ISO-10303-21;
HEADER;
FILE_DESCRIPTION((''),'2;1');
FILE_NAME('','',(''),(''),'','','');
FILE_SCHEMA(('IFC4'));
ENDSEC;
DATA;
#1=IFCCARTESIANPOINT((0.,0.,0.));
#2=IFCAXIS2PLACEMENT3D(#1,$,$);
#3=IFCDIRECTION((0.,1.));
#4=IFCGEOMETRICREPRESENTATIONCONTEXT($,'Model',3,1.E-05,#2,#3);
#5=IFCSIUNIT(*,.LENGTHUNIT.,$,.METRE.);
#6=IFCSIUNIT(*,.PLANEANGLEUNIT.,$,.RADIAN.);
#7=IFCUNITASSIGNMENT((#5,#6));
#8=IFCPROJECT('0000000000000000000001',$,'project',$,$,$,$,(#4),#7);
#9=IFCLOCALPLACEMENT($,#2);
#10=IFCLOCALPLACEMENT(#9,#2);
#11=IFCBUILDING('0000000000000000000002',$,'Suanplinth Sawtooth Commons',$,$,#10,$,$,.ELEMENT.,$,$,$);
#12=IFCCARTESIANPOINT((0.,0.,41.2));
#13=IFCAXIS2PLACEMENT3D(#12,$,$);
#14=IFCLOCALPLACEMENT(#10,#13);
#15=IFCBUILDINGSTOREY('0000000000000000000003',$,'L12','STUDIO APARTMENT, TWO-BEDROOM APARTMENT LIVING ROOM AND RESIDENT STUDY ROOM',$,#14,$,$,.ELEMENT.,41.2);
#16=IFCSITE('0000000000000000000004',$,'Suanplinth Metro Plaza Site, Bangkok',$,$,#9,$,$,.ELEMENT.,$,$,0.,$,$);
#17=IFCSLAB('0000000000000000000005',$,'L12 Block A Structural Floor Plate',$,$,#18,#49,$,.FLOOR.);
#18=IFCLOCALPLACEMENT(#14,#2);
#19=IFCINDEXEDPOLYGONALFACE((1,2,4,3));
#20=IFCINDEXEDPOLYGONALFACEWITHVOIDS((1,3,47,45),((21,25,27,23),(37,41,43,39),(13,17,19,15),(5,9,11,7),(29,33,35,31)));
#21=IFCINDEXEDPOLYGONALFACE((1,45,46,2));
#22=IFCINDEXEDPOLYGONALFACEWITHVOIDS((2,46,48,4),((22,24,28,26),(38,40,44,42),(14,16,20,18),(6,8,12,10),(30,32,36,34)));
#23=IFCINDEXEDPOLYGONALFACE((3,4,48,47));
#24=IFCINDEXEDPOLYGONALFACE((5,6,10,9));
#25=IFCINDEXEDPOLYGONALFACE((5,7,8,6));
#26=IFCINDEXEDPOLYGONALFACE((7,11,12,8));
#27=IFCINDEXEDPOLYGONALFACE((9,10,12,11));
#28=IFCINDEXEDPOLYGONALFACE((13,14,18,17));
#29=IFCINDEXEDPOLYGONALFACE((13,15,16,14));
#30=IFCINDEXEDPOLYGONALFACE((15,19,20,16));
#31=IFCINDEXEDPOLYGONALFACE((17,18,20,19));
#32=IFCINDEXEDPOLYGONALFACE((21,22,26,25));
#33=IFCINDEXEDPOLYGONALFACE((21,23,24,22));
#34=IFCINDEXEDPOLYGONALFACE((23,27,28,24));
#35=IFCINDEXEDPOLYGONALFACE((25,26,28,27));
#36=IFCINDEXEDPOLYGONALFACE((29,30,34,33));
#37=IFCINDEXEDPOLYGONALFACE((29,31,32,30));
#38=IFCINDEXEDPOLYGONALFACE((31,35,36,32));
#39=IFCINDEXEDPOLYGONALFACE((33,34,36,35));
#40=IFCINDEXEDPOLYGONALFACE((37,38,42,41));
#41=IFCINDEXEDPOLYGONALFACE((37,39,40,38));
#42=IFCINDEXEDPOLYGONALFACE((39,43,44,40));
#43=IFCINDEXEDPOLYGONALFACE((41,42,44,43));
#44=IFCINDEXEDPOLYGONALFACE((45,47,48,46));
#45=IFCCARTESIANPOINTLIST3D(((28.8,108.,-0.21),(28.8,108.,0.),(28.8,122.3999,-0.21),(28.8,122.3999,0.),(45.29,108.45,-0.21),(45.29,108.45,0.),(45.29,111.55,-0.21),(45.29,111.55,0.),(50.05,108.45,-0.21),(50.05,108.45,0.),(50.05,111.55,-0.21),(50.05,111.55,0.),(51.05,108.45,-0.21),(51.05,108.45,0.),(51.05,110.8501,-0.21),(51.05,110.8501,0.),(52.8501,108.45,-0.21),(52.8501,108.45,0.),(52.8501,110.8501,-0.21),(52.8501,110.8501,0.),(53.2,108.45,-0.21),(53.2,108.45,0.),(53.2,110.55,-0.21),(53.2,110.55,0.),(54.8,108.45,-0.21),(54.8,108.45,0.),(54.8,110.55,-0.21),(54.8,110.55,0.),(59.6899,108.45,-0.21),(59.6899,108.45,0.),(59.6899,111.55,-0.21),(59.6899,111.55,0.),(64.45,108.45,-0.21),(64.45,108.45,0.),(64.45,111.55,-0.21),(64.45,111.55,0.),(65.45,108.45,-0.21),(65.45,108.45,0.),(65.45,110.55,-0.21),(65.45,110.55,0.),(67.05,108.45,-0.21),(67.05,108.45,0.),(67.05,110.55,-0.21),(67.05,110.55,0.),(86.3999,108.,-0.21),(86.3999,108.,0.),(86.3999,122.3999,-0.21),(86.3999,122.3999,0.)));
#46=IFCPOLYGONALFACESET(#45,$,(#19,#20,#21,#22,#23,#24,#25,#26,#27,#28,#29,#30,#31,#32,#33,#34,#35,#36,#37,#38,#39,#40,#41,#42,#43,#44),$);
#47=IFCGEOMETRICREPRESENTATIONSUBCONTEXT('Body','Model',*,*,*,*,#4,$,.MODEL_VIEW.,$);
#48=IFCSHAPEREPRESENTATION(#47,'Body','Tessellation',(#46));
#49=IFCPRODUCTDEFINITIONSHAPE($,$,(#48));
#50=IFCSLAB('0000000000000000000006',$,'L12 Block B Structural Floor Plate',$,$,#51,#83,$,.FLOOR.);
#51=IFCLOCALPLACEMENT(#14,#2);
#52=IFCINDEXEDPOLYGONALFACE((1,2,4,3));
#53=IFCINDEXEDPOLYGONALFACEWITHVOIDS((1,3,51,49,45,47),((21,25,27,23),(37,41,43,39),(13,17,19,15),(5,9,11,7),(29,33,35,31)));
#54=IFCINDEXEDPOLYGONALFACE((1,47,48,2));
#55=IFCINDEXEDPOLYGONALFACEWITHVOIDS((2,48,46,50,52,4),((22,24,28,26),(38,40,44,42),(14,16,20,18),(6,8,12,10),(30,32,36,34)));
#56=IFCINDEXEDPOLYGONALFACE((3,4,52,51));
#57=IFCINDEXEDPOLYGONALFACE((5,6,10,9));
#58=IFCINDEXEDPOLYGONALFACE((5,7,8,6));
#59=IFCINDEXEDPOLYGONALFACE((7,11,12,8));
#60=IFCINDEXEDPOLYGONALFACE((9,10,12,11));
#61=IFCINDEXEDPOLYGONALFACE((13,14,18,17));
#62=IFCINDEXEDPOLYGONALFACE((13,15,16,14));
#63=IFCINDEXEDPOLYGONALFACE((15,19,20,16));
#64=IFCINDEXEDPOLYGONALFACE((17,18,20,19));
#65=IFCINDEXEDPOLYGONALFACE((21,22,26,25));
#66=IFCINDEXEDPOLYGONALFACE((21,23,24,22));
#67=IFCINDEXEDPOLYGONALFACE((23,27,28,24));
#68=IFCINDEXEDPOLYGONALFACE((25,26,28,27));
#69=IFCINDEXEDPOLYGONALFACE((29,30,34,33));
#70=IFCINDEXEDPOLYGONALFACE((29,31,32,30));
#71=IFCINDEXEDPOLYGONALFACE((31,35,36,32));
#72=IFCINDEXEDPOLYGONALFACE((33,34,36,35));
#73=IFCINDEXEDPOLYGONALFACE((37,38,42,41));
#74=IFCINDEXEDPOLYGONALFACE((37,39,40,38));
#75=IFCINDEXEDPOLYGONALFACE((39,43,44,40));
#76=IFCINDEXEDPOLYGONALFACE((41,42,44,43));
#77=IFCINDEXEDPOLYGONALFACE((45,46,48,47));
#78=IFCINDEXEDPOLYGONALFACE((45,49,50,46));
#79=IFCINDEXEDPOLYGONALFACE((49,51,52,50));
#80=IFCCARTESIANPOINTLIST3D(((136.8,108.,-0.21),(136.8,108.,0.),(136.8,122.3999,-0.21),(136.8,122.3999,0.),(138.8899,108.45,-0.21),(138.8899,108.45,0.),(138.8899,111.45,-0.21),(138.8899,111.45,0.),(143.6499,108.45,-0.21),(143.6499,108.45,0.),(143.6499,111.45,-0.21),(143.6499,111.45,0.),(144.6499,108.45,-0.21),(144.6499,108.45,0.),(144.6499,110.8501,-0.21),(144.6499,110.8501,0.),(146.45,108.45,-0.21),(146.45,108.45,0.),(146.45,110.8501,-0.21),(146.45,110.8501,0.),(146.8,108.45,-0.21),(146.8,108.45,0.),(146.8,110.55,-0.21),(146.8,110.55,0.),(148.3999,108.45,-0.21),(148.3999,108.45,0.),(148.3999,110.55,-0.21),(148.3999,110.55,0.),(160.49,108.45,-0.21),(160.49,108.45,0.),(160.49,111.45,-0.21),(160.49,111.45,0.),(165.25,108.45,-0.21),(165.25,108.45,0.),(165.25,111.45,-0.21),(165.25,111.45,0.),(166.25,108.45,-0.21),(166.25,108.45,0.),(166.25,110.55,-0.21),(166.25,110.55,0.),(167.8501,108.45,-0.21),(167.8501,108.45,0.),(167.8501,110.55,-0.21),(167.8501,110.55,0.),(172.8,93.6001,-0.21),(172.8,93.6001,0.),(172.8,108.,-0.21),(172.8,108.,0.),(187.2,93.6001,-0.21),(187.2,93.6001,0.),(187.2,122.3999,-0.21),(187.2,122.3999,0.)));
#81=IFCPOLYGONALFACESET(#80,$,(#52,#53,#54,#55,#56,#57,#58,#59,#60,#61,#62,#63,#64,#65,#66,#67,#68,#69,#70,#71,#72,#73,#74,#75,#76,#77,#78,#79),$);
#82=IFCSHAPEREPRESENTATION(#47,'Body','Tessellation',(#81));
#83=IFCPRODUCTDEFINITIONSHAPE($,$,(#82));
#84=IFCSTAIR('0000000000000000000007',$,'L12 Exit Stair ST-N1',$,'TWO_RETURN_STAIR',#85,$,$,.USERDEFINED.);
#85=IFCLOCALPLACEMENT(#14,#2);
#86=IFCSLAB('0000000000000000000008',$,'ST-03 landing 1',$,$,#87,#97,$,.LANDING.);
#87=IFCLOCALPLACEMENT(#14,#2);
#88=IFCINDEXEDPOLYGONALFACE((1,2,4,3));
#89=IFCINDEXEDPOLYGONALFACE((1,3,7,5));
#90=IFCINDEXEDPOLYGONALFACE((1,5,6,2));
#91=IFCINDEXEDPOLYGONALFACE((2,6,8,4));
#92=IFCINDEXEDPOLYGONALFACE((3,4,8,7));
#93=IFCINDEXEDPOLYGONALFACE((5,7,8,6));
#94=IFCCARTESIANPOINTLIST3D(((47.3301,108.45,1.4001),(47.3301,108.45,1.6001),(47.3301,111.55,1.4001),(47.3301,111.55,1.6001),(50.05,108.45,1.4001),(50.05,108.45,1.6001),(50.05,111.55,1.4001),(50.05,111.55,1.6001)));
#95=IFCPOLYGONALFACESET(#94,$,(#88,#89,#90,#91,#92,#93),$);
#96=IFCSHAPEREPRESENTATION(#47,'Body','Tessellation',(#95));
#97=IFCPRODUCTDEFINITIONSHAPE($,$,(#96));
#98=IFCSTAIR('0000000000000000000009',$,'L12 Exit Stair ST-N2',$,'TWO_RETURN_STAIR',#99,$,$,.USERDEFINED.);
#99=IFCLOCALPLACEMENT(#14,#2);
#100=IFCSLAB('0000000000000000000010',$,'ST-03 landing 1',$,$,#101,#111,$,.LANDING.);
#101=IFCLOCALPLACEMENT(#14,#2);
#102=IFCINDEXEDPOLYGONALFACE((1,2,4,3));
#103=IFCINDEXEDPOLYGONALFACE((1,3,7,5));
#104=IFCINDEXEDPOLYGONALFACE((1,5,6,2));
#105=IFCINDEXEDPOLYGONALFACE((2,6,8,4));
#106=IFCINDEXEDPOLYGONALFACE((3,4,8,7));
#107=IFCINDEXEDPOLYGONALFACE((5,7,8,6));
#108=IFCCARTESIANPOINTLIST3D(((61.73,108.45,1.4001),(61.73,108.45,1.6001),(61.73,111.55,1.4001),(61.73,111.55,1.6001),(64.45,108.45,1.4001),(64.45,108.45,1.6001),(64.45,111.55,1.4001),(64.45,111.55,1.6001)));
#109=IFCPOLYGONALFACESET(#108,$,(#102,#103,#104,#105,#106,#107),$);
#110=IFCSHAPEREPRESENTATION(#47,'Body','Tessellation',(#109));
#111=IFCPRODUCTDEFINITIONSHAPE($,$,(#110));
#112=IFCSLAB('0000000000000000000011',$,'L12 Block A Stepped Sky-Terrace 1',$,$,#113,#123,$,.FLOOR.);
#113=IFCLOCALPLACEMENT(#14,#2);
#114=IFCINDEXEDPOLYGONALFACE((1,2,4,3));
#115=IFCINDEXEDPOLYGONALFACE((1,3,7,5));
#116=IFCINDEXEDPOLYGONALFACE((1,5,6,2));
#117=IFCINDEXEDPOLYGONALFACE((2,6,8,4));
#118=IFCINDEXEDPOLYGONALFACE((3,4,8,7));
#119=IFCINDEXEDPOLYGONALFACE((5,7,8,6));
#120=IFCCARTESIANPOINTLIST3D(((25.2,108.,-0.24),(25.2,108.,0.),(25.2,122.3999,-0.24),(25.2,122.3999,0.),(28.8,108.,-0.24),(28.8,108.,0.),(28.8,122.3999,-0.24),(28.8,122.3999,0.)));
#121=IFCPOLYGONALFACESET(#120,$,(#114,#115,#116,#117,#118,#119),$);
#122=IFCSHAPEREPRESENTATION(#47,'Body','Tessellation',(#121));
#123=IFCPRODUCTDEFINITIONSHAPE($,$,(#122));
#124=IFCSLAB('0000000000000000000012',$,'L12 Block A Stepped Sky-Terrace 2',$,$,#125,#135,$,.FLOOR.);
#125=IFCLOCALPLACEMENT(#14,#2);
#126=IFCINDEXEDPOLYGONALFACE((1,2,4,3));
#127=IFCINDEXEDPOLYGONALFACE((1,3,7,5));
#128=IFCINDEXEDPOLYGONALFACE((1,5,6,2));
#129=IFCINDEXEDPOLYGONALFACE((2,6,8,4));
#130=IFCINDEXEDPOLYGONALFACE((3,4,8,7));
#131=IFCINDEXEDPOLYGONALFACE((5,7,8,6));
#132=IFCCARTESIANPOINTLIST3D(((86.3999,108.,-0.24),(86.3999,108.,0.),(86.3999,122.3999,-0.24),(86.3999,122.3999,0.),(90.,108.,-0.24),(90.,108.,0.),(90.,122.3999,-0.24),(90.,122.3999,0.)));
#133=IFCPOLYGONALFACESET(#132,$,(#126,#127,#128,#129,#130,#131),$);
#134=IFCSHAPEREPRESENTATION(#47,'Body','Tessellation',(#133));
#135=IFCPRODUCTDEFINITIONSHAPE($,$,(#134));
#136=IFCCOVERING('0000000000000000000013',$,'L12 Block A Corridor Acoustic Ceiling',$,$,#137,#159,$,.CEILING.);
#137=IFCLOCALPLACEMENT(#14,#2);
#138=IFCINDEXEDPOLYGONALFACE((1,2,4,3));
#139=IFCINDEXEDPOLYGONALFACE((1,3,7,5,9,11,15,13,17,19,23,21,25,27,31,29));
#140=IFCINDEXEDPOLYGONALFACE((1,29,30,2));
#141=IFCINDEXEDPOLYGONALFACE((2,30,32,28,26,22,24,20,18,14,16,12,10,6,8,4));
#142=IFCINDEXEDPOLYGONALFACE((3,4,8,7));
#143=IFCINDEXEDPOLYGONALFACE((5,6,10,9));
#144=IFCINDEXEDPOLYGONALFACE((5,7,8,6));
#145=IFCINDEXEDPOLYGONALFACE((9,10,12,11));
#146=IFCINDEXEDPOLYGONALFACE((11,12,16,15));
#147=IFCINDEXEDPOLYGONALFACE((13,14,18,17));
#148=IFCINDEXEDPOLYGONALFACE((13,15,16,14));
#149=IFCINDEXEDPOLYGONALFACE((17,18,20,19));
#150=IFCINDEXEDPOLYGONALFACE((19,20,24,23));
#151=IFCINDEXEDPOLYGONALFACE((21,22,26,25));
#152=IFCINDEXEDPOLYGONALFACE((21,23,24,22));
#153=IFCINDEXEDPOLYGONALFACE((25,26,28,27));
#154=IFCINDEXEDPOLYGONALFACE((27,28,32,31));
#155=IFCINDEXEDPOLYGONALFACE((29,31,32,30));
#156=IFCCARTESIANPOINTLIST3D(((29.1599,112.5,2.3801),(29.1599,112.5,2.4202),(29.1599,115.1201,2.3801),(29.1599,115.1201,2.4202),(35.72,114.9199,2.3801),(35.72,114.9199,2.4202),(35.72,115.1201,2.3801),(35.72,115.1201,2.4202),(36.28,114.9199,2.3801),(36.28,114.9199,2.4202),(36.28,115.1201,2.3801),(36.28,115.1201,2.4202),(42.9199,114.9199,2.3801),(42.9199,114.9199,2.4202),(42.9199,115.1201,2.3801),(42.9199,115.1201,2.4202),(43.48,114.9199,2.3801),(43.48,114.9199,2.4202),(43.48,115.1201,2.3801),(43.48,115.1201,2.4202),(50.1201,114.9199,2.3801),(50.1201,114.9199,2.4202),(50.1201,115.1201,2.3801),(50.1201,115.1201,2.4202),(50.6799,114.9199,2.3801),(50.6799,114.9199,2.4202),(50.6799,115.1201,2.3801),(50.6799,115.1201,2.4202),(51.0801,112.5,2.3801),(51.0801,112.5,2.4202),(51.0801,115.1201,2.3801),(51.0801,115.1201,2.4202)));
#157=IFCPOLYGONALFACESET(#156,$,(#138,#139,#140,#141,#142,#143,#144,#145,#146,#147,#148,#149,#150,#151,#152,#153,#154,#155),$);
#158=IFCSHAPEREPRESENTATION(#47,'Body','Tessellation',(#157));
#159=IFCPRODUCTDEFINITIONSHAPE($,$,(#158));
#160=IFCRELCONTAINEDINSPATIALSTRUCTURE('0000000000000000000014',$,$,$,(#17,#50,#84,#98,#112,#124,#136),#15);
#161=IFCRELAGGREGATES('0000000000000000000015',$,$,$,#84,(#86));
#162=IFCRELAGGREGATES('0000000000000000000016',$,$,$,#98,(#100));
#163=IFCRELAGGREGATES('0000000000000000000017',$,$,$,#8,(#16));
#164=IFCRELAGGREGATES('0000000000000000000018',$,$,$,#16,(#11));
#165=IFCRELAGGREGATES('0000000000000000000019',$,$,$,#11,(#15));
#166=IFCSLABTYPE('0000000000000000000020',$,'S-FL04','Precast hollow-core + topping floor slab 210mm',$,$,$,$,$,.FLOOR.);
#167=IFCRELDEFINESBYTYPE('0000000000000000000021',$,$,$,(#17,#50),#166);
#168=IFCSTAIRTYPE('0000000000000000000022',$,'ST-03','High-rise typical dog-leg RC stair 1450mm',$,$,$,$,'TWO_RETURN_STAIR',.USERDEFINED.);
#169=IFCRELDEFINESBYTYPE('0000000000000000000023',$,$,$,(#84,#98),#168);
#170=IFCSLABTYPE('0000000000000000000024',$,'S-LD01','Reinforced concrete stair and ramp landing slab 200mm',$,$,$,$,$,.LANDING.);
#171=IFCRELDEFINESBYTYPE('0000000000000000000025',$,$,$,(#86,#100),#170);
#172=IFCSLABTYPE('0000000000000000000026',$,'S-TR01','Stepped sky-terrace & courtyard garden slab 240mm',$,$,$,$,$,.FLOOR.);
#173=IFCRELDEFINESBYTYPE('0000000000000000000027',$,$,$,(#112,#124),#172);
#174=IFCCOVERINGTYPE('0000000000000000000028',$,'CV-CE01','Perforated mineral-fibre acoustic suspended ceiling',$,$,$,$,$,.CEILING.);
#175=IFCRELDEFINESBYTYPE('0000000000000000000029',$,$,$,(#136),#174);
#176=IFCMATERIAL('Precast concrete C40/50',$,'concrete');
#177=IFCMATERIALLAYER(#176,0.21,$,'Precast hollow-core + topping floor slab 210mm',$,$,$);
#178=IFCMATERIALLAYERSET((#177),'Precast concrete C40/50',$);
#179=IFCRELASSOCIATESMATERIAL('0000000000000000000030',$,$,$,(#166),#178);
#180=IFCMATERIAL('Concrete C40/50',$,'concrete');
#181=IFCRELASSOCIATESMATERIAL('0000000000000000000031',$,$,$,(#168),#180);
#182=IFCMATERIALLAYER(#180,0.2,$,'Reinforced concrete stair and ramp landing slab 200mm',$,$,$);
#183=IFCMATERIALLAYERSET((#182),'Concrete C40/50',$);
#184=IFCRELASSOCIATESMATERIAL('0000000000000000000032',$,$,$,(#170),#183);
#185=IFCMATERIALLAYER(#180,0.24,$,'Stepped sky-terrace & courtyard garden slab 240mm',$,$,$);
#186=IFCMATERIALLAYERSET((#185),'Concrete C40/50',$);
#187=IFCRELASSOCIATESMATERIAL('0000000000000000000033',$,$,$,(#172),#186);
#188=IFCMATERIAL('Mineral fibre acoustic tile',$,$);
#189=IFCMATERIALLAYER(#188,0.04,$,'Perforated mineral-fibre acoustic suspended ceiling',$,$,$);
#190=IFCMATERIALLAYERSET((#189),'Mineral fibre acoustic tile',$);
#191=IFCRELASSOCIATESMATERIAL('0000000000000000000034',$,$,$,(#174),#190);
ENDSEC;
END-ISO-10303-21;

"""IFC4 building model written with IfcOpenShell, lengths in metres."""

from ifc_helpers import new_model, si_unit, direction, frame, origin, place, context, subcontext, project, spatial, polyline, outline, extrude, material, layer, layer_set, type_object, element, aggregate, save


model = new_model("IFC4")

# Units and contexts
model_context = context("Model", 3, precision=1e-05, world=origin(), true_north=direction((0.0, 1.0)))
body_context = subcontext(model_context, "Body", "Model", "MODEL_VIEW")
ifc_project = project(units=[si_unit("LENGTHUNIT", "METRE"), si_unit("PLANEANGLEUNIT", "RADIAN")], contexts=[model_context])

# Site, building, storey
site_placement = place(None, origin())
site = spatial("IfcSite", under=ifc_project, at=site_placement, Name="Suanplinth Metro Plaza Site, Bangkok", CompositionType="ELEMENT", RefElevation=0.0)
building_placement = place(site_placement, origin())
building = spatial("IfcBuilding", under=site, at=building_placement, Name="Suanplinth Sawtooth Commons", CompositionType="ELEMENT")
storey_placement = place(building_placement, frame((0.0, 0.0, 41.2)))
storey = spatial("IfcBuildingStorey", under=building, at=storey_placement, Name="L12", Description="STUDIO APARTMENT, TWO-BEDROOM APARTMENT LIVING ROOM AND RESIDENT STUDY ROOM", CompositionType="ELEMENT", Elevation=41.2)

# Shared definitions
ifc_material_1 = material(Name="Precast concrete C40/50", Category="concrete")

# Slabs
ifc_layer_1 = layer(ifc_material_1, 0.21, Name="Precast hollow-core + topping floor slab 210mm")
ifc_layer_set_1 = layer_set([ifc_layer_1], Name="Precast concrete C40/50")
slab_type_1 = type_object("IfcSlabType", Name="S-FL04", Description="Precast hollow-core + topping floor slab 210mm", PredefinedType="FLOOR", material=ifc_layer_set_1)
slab_1_placement = place(storey_placement, frame((0.0, 0.0, -0.21)))
element("IfcSlab", 1, at=slab_1_placement, inside=storey, type_object=slab_type_1, Name="L12 Block A Structural Floor Plate", PredefinedType="FLOOR", context=body_context, shape_type="SweptSolid", body=[
    extrude(outline(polyline([(28.8, 108.0), (86.3999, 108.0), (86.3999, 122.3999), (28.8, 122.3999), (28.8, 108.0)]), holes=[polyline([(45.29, 108.45), (50.05, 108.45), (50.05, 111.55), (45.29, 111.55), (45.29, 108.45)]), polyline([(51.05, 108.45), (52.8501, 108.45), (52.8501, 110.8501), (51.05, 110.8501), (51.05, 108.45)]), polyline([(53.2, 108.45), (54.8, 108.45), (54.8, 110.55), (53.2, 110.55), (53.2, 108.45)]), polyline([(59.6899, 108.45), (64.45, 108.45), (64.45, 111.55), (59.6899, 111.55), (59.6899, 108.45)]), polyline([(65.45, 108.45), (67.05, 108.45), (67.05, 110.55), (65.45, 110.55), (65.45, 108.45)])]), origin(), (0.0, 0.0, 1.0), 0.21),
])
slab_2_placement = place(storey_placement, frame((0.0, 0.0, -0.21)))
element("IfcSlab", 2, at=slab_2_placement, inside=storey, type_object=slab_type_1, Name="L12 Block B Structural Floor Plate", PredefinedType="FLOOR", context=body_context, shape_type="SweptSolid", body=[
    extrude(outline(polyline([(172.8, 108.0), (136.8, 108.0), (136.8, 122.3999), (187.2, 122.3999), (187.2, 93.6001), (172.8, 93.6001), (172.8, 108.0)]), holes=[polyline([(138.8899, 108.45), (143.6499, 108.45), (143.6499, 111.45), (138.8899, 111.45), (138.8899, 108.45)]), polyline([(144.6499, 108.45), (146.45, 108.45), (146.45, 110.8501), (144.6499, 110.8501), (144.6499, 108.45)]), polyline([(146.8, 108.45), (148.3999, 108.45), (148.3999, 110.55), (146.8, 110.55), (146.8, 108.45)]), polyline([(160.49, 108.45), (165.25, 108.45), (165.25, 111.45), (160.49, 111.45), (160.49, 108.45)]), polyline([(166.25, 108.45), (167.8501, 108.45), (167.8501, 110.55), (166.25, 110.55), (166.25, 108.45)])]), origin(), (0.0, 0.0, 1.0), 0.21),
])

# Stairs, slabs
ifc_material_2 = material(Name="Concrete C40/50", Category="concrete")
stair_type = type_object("IfcStairType", Name="ST-03", Description="High-rise typical dog-leg RC stair 1450mm", ElementType="TWO_RETURN_STAIR", PredefinedType="USERDEFINED", material=ifc_material_2)
stair_1_placement = place(storey_placement, origin())
stair_1 = element("IfcStair", 3, at=stair_1_placement, inside=storey, type_object=stair_type, Name="L12 Exit Stair ST-N1", ObjectType="TWO_RETURN_STAIR", PredefinedType="USERDEFINED")
ifc_layer_2 = layer(ifc_material_2, 0.2, Name="Reinforced concrete stair and ramp landing slab 200mm")
ifc_layer_set_2 = layer_set([ifc_layer_2], Name="Concrete C40/50")
slab_type_2 = type_object("IfcSlabType", Name="S-LD01", Description="Reinforced concrete stair and ramp landing slab 200mm", PredefinedType="LANDING", material=ifc_layer_set_2)
slab_3_placement = place(storey_placement, frame((0.0, 0.0, 1.4001)))
slab_3 = element("IfcSlab", 4, at=slab_3_placement, type_object=slab_type_2, Name="ST-03 landing 1", PredefinedType="LANDING", context=body_context, shape_type="SweptSolid", body=[
    extrude(outline(polyline([(47.3301, 108.45), (50.05, 108.45), (50.05, 111.55), (47.3301, 111.55), (47.3301, 108.45)])), origin(), (0.0, 0.0, 1.0), 0.2),
])
aggregate(stair_1, [slab_3])
stair_2_placement = place(storey_placement, origin())
stair_2 = element("IfcStair", 5, at=stair_2_placement, inside=storey, type_object=stair_type, Name="L12 Exit Stair ST-N2", ObjectType="TWO_RETURN_STAIR", PredefinedType="USERDEFINED")
slab_4_placement = place(storey_placement, frame((0.0, 0.0, 1.4001)))
slab_4 = element("IfcSlab", 6, at=slab_4_placement, type_object=slab_type_2, Name="ST-03 landing 1", PredefinedType="LANDING", context=body_context, shape_type="SweptSolid", body=[
    extrude(outline(polyline([(61.73, 108.45), (64.45, 108.45), (64.45, 111.55), (61.73, 111.55), (61.73, 108.45)])), origin(), (0.0, 0.0, 1.0), 0.2),
])
aggregate(stair_2, [slab_4])

# Slabs
ifc_layer_3 = layer(ifc_material_2, 0.24, Name="Stepped sky-terrace & courtyard garden slab 240mm")
ifc_layer_set_3 = layer_set([ifc_layer_3], Name="Concrete C40/50")
slab_type_3 = type_object("IfcSlabType", Name="S-TR01", Description="Stepped sky-terrace & courtyard garden slab 240mm", PredefinedType="FLOOR", material=ifc_layer_set_3)
slab_5_placement = place(storey_placement, frame((0.0, 0.0, -0.24)))
element("IfcSlab", 7, at=slab_5_placement, inside=storey, type_object=slab_type_3, Name="L12 Block A Stepped Sky-Terrace 1", PredefinedType="FLOOR", context=body_context, shape_type="SweptSolid", body=[
    extrude(outline(polyline([(25.2, 108.0), (25.2, 122.3999), (28.8, 122.3999), (28.8, 108.0), (25.2, 108.0)])), origin(), (0.0, 0.0, 1.0), 0.24),
])
slab_6_placement = place(storey_placement, frame((0.0, 0.0, -0.24)))
element("IfcSlab", 8, at=slab_6_placement, inside=storey, type_object=slab_type_3, Name="L12 Block A Stepped Sky-Terrace 2", PredefinedType="FLOOR", context=body_context, shape_type="SweptSolid", body=[
    extrude(outline(polyline([(90.0, 122.3999), (90.0, 108.0), (86.3999, 108.0), (86.3999, 122.3999), (90.0, 122.3999)])), origin(), (0.0, 0.0, 1.0), 0.24),
])

# Covering
ifc_material_3 = material(Name="Mineral fibre acoustic tile")
ifc_layer_4 = layer(ifc_material_3, 0.04, Name="Perforated mineral-fibre acoustic suspended ceiling")
ifc_layer_set_4 = layer_set([ifc_layer_4], Name="Mineral fibre acoustic tile")
covering_type = type_object("IfcCoveringType", Name="CV-CE01", Description="Perforated mineral-fibre acoustic suspended ceiling", PredefinedType="CEILING", material=ifc_layer_set_4)
covering_1_placement = place(storey_placement, frame((0.0, 0.0, 2.3801)))
element("IfcCovering", 9, at=covering_1_placement, inside=storey, type_object=covering_type, Name="L12 Block A Corridor Acoustic Ceiling", PredefinedType="CEILING", context=body_context, shape_type="SweptSolid", body=[
    extrude(outline(polyline([(29.1599, 112.5), (29.1599, 115.1201), (35.72, 115.1201), (35.72, 114.9199), (36.28, 114.9199), (36.28, 115.1201), (42.9199, 115.1201), (42.9199, 114.9199), (43.48, 114.9199), (43.48, 115.1201), (50.1201, 115.1201), (50.1201, 114.9199), (50.6799, 114.9199), (50.6799, 115.1201), (51.0801, 115.1201), (51.0801, 112.5), (29.1599, 112.5)])), origin(), (0.0, 0.0, 1.0), 0.04),
])

save(model, "model.ifc")
